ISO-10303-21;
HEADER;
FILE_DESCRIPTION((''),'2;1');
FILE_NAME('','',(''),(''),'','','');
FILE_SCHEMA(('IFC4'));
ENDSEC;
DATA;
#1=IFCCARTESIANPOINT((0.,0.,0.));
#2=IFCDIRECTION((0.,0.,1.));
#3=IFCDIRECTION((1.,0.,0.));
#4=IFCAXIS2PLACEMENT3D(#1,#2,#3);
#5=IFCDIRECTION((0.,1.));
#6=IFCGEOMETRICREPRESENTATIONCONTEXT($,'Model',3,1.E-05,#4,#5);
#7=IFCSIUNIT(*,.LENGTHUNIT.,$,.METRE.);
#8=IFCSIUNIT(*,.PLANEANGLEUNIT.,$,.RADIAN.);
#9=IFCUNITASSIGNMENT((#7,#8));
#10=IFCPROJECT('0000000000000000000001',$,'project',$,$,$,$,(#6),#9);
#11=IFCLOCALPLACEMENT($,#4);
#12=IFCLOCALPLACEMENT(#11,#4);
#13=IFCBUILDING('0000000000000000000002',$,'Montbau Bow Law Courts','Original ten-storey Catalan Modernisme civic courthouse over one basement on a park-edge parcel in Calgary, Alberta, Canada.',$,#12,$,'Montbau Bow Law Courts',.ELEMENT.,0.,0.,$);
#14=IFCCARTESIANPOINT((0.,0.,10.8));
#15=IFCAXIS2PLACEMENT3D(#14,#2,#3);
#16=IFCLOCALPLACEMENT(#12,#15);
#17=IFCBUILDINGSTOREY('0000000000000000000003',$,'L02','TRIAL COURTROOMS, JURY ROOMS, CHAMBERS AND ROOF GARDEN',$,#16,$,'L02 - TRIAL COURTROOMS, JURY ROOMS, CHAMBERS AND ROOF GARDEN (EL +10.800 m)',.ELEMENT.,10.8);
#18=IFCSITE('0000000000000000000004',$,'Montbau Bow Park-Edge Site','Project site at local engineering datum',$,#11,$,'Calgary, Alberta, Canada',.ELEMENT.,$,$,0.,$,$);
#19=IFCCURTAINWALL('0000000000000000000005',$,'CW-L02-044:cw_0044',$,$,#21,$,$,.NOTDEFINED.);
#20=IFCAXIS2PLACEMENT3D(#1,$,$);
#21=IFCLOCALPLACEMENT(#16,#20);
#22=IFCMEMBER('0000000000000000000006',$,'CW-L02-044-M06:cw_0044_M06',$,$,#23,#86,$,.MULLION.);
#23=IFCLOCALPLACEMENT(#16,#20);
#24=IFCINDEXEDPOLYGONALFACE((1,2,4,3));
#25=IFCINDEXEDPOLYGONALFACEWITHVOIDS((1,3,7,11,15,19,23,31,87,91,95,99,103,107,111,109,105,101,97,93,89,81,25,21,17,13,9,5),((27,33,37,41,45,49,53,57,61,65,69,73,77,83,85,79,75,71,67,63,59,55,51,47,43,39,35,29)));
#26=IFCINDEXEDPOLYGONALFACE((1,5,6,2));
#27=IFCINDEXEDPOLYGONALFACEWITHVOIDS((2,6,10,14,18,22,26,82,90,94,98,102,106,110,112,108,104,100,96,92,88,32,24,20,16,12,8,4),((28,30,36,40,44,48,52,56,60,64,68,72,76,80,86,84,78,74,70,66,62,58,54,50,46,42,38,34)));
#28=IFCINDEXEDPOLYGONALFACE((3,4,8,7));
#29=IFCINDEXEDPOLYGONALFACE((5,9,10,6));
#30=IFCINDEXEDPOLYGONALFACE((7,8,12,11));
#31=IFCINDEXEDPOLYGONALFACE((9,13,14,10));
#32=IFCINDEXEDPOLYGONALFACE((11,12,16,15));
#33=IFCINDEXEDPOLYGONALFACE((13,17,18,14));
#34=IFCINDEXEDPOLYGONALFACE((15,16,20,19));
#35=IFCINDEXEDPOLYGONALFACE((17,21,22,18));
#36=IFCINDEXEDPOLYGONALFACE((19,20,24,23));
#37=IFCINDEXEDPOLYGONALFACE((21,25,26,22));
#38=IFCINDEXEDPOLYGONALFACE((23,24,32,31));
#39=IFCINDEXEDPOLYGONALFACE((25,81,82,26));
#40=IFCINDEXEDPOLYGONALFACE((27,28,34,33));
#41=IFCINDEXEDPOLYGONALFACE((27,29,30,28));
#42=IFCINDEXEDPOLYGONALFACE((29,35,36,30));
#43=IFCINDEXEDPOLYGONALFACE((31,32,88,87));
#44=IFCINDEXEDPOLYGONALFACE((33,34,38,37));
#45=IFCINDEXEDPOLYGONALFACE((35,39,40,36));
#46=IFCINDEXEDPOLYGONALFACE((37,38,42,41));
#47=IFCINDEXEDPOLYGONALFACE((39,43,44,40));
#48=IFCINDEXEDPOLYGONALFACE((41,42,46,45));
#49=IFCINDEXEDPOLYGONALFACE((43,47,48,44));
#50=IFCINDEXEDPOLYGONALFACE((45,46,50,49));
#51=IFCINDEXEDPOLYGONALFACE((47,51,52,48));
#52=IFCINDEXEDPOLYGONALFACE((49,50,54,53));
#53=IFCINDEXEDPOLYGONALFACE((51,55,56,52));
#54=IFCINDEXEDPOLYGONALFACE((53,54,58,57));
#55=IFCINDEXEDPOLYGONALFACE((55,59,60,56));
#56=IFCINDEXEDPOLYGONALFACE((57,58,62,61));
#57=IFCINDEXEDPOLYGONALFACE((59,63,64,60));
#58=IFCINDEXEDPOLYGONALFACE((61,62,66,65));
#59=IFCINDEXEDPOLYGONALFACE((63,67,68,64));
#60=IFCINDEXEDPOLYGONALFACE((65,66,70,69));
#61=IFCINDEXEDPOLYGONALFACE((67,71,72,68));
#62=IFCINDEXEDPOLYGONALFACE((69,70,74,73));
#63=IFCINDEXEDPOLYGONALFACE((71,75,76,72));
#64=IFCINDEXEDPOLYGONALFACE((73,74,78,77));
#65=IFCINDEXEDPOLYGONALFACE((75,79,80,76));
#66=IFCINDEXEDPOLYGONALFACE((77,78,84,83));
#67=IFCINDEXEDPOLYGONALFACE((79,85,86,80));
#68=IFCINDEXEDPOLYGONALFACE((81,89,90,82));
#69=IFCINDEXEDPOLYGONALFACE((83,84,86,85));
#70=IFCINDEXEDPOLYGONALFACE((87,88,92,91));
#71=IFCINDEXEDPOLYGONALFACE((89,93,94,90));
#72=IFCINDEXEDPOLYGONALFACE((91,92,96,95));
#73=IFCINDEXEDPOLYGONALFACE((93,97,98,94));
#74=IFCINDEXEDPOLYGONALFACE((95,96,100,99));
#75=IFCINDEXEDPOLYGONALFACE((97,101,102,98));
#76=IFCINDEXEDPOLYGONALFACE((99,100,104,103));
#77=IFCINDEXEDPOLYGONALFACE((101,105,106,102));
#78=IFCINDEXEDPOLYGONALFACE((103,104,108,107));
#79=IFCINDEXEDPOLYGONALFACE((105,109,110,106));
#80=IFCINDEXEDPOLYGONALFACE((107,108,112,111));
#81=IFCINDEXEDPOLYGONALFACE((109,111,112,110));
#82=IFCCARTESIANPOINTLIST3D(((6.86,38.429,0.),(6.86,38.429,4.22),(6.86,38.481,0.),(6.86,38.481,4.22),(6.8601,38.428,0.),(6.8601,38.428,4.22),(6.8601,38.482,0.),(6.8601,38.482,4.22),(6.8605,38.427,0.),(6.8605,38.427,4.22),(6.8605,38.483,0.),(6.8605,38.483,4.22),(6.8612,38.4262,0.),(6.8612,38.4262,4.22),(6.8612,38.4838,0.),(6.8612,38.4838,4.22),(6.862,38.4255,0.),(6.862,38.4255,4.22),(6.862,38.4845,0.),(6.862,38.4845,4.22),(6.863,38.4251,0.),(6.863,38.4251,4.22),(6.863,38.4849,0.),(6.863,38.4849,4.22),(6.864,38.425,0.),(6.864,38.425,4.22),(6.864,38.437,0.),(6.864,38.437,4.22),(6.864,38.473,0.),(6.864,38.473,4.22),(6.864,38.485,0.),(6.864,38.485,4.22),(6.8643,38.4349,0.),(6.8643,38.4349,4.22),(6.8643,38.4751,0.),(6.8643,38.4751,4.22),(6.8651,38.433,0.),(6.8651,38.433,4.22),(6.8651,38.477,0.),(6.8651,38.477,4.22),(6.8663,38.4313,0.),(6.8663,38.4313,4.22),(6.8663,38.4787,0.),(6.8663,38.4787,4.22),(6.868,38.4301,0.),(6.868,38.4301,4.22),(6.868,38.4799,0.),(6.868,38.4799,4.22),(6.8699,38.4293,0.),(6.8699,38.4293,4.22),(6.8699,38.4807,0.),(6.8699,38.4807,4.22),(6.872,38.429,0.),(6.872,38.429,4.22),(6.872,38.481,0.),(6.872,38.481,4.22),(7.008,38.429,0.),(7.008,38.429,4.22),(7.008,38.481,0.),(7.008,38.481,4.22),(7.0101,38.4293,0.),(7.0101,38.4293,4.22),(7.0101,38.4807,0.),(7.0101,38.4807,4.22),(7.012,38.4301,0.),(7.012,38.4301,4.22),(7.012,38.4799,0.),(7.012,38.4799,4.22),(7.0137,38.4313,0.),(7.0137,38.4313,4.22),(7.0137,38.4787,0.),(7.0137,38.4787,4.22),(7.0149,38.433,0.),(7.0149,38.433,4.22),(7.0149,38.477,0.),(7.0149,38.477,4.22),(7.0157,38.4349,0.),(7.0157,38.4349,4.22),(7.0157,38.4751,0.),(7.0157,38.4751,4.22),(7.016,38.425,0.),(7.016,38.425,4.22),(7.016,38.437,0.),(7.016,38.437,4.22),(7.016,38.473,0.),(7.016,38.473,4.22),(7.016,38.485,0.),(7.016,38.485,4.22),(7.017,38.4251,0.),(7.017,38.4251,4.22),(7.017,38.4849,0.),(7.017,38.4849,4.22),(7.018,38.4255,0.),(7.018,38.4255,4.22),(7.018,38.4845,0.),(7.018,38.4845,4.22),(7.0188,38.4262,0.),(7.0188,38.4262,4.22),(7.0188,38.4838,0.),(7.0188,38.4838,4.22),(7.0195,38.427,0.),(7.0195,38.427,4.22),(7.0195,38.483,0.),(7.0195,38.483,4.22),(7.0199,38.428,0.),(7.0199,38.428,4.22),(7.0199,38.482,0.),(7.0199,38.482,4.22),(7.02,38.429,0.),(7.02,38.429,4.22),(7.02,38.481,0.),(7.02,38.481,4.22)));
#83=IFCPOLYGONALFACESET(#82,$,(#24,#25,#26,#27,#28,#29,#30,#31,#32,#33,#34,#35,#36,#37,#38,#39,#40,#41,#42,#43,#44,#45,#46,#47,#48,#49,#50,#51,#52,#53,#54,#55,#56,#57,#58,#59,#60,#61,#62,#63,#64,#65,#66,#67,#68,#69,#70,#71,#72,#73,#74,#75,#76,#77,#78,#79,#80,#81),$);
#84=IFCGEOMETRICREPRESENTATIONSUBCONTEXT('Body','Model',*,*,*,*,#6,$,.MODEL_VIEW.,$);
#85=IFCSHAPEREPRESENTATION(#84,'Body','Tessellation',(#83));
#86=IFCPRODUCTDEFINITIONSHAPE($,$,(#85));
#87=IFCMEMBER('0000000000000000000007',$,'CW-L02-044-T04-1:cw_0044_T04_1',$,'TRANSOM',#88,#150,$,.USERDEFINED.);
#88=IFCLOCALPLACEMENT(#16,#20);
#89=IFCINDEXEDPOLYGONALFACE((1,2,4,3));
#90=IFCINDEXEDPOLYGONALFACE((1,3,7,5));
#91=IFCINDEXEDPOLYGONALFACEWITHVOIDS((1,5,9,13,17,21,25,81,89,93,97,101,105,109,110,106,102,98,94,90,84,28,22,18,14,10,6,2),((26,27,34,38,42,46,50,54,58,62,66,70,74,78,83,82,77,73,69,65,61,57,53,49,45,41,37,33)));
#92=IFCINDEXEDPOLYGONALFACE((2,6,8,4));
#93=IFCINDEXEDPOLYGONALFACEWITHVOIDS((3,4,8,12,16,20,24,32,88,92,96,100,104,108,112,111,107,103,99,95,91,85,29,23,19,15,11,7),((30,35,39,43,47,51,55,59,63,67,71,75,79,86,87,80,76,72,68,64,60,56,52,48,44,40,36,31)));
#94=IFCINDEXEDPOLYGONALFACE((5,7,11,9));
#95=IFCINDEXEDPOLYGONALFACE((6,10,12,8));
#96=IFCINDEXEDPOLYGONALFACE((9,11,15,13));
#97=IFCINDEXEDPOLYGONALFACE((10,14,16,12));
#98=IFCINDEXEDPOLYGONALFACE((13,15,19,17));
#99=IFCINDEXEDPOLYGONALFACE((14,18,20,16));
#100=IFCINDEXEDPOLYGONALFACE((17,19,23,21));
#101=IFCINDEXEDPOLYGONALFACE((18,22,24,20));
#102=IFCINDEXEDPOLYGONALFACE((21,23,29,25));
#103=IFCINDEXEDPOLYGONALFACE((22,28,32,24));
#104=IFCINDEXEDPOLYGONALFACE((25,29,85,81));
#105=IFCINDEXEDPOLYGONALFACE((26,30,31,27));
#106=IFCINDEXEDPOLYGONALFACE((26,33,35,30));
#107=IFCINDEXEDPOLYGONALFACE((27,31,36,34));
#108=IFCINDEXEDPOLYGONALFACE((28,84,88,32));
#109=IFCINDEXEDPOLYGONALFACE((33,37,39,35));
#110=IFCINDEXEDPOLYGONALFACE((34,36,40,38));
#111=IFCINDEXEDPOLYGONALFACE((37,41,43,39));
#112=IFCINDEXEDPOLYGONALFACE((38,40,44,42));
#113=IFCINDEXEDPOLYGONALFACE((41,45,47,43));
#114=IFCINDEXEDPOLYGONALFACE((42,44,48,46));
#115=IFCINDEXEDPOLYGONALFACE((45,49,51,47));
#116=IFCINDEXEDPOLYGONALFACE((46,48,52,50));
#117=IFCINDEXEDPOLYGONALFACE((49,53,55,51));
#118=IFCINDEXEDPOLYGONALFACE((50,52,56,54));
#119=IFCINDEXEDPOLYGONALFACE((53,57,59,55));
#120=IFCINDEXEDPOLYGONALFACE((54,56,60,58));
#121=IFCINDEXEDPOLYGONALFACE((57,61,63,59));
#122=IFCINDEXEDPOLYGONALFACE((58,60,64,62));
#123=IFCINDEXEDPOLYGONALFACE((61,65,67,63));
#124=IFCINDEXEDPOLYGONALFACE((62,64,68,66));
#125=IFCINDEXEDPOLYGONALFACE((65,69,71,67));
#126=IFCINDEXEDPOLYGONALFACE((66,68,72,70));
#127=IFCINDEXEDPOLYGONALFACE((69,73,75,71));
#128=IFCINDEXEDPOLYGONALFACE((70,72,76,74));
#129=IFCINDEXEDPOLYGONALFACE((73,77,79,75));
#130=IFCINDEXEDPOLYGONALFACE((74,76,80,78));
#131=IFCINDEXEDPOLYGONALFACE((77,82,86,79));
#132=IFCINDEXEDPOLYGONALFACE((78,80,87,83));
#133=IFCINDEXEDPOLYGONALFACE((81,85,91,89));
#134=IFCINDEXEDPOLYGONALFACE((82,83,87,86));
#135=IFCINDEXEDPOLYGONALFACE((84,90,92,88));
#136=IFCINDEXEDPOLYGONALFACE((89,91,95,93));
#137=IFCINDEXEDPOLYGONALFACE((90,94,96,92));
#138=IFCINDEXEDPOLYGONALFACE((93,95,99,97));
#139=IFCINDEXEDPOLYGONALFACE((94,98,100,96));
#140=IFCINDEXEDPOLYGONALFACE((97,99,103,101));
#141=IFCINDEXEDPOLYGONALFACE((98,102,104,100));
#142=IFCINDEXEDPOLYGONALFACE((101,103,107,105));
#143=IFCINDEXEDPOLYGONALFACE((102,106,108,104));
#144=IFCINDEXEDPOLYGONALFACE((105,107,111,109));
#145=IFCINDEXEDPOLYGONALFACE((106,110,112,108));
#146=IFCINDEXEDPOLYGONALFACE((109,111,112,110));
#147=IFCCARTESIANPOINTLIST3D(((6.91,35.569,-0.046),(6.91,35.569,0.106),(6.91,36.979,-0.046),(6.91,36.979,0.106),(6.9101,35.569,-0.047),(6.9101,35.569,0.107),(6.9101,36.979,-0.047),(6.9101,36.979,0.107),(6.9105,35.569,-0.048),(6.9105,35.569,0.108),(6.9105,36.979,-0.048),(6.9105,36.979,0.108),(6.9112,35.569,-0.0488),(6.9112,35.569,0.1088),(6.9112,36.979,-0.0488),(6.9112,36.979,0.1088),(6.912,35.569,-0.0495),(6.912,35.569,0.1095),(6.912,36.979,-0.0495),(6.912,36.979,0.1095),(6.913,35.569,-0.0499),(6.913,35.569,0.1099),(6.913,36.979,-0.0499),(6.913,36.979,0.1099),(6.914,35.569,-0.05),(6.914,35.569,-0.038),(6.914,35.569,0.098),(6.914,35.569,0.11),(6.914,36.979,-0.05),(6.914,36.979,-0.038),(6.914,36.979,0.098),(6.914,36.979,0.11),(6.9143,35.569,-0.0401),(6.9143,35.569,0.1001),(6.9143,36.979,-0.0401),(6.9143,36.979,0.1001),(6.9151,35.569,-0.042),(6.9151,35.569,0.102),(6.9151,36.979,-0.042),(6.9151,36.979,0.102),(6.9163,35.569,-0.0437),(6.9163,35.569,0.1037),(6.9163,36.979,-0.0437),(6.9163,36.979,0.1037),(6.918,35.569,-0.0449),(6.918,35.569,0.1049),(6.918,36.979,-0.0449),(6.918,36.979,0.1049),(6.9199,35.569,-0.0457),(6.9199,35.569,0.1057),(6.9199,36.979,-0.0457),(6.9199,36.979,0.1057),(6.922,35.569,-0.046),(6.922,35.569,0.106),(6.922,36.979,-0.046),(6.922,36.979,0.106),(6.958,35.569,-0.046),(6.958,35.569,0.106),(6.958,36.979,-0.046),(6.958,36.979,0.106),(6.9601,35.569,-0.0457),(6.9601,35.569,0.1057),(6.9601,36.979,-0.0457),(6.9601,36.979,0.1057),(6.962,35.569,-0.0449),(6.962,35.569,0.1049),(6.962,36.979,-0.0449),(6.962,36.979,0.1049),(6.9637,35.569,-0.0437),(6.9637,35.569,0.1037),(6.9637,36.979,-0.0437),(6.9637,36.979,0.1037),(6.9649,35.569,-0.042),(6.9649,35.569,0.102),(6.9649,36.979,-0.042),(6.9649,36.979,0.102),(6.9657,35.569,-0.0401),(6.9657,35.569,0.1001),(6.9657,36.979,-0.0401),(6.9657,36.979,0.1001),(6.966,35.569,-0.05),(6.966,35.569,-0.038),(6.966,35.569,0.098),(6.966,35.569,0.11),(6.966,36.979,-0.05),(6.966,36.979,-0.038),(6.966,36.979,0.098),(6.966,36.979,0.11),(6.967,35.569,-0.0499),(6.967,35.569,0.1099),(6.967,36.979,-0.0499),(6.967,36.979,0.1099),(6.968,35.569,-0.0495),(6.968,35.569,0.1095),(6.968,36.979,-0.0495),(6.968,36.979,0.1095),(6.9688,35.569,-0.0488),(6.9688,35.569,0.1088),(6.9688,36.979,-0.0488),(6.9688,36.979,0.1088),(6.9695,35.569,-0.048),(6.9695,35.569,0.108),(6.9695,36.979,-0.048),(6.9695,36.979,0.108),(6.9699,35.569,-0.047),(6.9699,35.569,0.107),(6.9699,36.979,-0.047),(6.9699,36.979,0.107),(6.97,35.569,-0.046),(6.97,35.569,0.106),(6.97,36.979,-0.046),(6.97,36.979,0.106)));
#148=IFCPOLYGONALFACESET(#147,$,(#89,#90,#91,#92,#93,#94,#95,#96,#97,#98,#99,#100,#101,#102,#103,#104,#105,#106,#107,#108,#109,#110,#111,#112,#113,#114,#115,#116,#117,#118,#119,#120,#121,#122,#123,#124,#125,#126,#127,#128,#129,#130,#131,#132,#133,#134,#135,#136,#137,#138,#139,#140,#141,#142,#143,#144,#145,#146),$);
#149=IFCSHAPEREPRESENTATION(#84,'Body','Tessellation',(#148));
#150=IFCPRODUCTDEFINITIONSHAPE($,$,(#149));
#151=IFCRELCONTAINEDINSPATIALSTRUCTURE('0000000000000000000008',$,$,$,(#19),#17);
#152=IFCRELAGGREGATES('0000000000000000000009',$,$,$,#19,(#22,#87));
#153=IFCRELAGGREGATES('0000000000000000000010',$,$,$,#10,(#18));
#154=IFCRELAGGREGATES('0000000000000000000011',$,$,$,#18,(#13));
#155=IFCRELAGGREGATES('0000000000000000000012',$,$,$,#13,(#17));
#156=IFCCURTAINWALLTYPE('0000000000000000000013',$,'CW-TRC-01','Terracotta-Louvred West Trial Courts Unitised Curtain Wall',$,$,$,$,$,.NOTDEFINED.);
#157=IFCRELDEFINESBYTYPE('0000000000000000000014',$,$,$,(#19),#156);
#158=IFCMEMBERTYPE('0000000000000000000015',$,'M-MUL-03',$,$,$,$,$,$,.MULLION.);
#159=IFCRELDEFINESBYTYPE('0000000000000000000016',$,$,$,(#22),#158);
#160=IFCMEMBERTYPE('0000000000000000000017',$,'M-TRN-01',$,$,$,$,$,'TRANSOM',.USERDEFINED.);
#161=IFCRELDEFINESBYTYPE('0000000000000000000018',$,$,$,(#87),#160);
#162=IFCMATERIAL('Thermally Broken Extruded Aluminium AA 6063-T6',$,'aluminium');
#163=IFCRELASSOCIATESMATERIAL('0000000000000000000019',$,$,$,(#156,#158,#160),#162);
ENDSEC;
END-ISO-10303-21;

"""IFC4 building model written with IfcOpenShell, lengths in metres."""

from ifc_helpers import new_model, si_unit, direction, frame, origin_with_axes, origin_2d_with_axis, place, context, subcontext, project, spatial, hollow_rectangle, extrude, material, material_profile, profile_set, type_object, element, aggregate, save


model = new_model("IFC4")

# Units and contexts
model_context = context("Model", 3, precision=1e-05, world=origin_with_axes(), true_north=direction((0.0, 1.0)))
body_context = subcontext(model_context, "Body", "Model", "MODEL_VIEW")
ifc_project = project(units=[si_unit("LENGTHUNIT", "METRE"), si_unit("PLANEANGLEUNIT", "RADIAN")], contexts=[model_context])

# Site, building, storey
site_placement = place(None, origin_with_axes())
site = spatial("IfcSite", under=ifc_project, at=site_placement, Name="Montbau Bow Park-Edge Site", Description="Project site at local engineering datum", LongName="Calgary, Alberta, Canada", CompositionType="ELEMENT", RefElevation=0.0)
building_placement = place(site_placement, origin_with_axes())
building = spatial("IfcBuilding", under=site, at=building_placement, Name="Montbau Bow Law Courts", Description="Original ten-storey Catalan Modernisme civic courthouse over one basement on a park-edge parcel in Calgary, Alberta, Canada.", LongName="Montbau Bow Law Courts", CompositionType="ELEMENT", ElevationOfRefHeight=0.0, ElevationOfTerrain=0.0)
storey_placement = place(building_placement, frame((0.0, 0.0, 10.8), z_axis=(0.0, 0.0, 1.0), x_axis=(1.0, 0.0, 0.0)))
storey = spatial("IfcBuildingStorey", under=building, at=storey_placement, Name="L02", Description="TRIAL COURTROOMS, JURY ROOMS, CHAMBERS AND ROOF GARDEN", LongName="L02 - TRIAL COURTROOMS, JURY ROOMS, CHAMBERS AND ROOF GARDEN (EL +10.800 m)", CompositionType="ELEMENT", Elevation=10.8)

# Curtain wall, members
ifc_material_1 = material(Name="Thermally Broken Extruded Aluminium AA 6063-T6", Category="aluminium")
curtain_wall_type = type_object("IfcCurtainWallType", Name="CW-TRC-01", Description="Terracotta-Louvred West Trial Courts Unitised Curtain Wall", PredefinedType="NOTDEFINED", material=ifc_material_1)
curtain_wall_placement = place(None, frame((6.94, 31.115, 10.8), z_axis=(0.0, 0.0, 1.0), x_axis=(1.0, 0.0, 0.0)))
curtain_wall = element("IfcCurtainWall", 1, at=curtain_wall_placement, inside=storey, type_object=curtain_wall_type, Name="CW-L02-044:cw_0044", PredefinedType="NOTDEFINED")
ifc_material_profile_1 = material_profile(ifc_material_1, hollow_rectangle(XDim=0.06, YDim=0.16, WallThickness=0.004, InnerFilletRadius=0.008, OuterFilletRadius=0.004, at=origin_2d_with_axis()), Name="CWM-160X60", Category="Main", Priority=0)
ifc_profile_set_1 = profile_set([ifc_material_profile_1], Name="Thermally Broken Extruded Aluminium AA 6063-T6")
member_type_1 = type_object("IfcMemberType", Name="M-MUL-03", PredefinedType="MULLION", material=ifc_profile_set_1)
member_1_placement = place(None, frame((6.94, 38.455, 10.8), z_axis=(0.0, 0.0, 1.0), x_axis=(0.0, 1.0, 0.0)))
member_1 = element("IfcMember", 2, at=member_1_placement, type_object=member_type_1, Name="CW-L02-044-M06:cw_0044_M06", PredefinedType="MULLION", context=body_context, shape_type="SweptSolid", body=[
    extrude(hollow_rectangle(XDim=0.06, YDim=0.16, WallThickness=0.004, InnerFilletRadius=0.008, OuterFilletRadius=0.004, at=origin_2d_with_axis()), origin_with_axes(), (0.0, 0.0, 1.0), 4.22),
])
ifc_material_profile_2 = material_profile(ifc_material_1, hollow_rectangle(XDim=0.06, YDim=0.16, WallThickness=0.004, InnerFilletRadius=0.008, OuterFilletRadius=0.004, at=origin_2d_with_axis()), Name="CWT-160X60", Category="Main", Priority=0)
ifc_profile_set_2 = profile_set([ifc_material_profile_2], Name="Thermally Broken Extruded Aluminium AA 6063-T6")
member_type_2 = type_object("IfcMemberType", Name="M-TRN-01", ElementType="TRANSOM", PredefinedType="USERDEFINED", material=ifc_profile_set_2)
member_2_placement = place(None, frame((6.94, 35.569, 10.83), z_axis=(0.0, 1.0, 0.0), x_axis=(-1.0, 0.0, 0.0)))
member_2 = element("IfcMember", 3, at=member_2_placement, type_object=member_type_2, Name="CW-L02-044-T04-1:cw_0044_T04_1", ObjectType="TRANSOM", PredefinedType="USERDEFINED", context=body_context, shape_type="SweptSolid", body=[
    extrude(hollow_rectangle(XDim=0.06, YDim=0.16, WallThickness=0.004, InnerFilletRadius=0.008, OuterFilletRadius=0.004, at=origin_2d_with_axis()), origin_with_axes(), (0.0, 0.0, 1.0), 1.41),
])
aggregate(curtain_wall, [member_1, member_2])

save(model, "model.ifc")
